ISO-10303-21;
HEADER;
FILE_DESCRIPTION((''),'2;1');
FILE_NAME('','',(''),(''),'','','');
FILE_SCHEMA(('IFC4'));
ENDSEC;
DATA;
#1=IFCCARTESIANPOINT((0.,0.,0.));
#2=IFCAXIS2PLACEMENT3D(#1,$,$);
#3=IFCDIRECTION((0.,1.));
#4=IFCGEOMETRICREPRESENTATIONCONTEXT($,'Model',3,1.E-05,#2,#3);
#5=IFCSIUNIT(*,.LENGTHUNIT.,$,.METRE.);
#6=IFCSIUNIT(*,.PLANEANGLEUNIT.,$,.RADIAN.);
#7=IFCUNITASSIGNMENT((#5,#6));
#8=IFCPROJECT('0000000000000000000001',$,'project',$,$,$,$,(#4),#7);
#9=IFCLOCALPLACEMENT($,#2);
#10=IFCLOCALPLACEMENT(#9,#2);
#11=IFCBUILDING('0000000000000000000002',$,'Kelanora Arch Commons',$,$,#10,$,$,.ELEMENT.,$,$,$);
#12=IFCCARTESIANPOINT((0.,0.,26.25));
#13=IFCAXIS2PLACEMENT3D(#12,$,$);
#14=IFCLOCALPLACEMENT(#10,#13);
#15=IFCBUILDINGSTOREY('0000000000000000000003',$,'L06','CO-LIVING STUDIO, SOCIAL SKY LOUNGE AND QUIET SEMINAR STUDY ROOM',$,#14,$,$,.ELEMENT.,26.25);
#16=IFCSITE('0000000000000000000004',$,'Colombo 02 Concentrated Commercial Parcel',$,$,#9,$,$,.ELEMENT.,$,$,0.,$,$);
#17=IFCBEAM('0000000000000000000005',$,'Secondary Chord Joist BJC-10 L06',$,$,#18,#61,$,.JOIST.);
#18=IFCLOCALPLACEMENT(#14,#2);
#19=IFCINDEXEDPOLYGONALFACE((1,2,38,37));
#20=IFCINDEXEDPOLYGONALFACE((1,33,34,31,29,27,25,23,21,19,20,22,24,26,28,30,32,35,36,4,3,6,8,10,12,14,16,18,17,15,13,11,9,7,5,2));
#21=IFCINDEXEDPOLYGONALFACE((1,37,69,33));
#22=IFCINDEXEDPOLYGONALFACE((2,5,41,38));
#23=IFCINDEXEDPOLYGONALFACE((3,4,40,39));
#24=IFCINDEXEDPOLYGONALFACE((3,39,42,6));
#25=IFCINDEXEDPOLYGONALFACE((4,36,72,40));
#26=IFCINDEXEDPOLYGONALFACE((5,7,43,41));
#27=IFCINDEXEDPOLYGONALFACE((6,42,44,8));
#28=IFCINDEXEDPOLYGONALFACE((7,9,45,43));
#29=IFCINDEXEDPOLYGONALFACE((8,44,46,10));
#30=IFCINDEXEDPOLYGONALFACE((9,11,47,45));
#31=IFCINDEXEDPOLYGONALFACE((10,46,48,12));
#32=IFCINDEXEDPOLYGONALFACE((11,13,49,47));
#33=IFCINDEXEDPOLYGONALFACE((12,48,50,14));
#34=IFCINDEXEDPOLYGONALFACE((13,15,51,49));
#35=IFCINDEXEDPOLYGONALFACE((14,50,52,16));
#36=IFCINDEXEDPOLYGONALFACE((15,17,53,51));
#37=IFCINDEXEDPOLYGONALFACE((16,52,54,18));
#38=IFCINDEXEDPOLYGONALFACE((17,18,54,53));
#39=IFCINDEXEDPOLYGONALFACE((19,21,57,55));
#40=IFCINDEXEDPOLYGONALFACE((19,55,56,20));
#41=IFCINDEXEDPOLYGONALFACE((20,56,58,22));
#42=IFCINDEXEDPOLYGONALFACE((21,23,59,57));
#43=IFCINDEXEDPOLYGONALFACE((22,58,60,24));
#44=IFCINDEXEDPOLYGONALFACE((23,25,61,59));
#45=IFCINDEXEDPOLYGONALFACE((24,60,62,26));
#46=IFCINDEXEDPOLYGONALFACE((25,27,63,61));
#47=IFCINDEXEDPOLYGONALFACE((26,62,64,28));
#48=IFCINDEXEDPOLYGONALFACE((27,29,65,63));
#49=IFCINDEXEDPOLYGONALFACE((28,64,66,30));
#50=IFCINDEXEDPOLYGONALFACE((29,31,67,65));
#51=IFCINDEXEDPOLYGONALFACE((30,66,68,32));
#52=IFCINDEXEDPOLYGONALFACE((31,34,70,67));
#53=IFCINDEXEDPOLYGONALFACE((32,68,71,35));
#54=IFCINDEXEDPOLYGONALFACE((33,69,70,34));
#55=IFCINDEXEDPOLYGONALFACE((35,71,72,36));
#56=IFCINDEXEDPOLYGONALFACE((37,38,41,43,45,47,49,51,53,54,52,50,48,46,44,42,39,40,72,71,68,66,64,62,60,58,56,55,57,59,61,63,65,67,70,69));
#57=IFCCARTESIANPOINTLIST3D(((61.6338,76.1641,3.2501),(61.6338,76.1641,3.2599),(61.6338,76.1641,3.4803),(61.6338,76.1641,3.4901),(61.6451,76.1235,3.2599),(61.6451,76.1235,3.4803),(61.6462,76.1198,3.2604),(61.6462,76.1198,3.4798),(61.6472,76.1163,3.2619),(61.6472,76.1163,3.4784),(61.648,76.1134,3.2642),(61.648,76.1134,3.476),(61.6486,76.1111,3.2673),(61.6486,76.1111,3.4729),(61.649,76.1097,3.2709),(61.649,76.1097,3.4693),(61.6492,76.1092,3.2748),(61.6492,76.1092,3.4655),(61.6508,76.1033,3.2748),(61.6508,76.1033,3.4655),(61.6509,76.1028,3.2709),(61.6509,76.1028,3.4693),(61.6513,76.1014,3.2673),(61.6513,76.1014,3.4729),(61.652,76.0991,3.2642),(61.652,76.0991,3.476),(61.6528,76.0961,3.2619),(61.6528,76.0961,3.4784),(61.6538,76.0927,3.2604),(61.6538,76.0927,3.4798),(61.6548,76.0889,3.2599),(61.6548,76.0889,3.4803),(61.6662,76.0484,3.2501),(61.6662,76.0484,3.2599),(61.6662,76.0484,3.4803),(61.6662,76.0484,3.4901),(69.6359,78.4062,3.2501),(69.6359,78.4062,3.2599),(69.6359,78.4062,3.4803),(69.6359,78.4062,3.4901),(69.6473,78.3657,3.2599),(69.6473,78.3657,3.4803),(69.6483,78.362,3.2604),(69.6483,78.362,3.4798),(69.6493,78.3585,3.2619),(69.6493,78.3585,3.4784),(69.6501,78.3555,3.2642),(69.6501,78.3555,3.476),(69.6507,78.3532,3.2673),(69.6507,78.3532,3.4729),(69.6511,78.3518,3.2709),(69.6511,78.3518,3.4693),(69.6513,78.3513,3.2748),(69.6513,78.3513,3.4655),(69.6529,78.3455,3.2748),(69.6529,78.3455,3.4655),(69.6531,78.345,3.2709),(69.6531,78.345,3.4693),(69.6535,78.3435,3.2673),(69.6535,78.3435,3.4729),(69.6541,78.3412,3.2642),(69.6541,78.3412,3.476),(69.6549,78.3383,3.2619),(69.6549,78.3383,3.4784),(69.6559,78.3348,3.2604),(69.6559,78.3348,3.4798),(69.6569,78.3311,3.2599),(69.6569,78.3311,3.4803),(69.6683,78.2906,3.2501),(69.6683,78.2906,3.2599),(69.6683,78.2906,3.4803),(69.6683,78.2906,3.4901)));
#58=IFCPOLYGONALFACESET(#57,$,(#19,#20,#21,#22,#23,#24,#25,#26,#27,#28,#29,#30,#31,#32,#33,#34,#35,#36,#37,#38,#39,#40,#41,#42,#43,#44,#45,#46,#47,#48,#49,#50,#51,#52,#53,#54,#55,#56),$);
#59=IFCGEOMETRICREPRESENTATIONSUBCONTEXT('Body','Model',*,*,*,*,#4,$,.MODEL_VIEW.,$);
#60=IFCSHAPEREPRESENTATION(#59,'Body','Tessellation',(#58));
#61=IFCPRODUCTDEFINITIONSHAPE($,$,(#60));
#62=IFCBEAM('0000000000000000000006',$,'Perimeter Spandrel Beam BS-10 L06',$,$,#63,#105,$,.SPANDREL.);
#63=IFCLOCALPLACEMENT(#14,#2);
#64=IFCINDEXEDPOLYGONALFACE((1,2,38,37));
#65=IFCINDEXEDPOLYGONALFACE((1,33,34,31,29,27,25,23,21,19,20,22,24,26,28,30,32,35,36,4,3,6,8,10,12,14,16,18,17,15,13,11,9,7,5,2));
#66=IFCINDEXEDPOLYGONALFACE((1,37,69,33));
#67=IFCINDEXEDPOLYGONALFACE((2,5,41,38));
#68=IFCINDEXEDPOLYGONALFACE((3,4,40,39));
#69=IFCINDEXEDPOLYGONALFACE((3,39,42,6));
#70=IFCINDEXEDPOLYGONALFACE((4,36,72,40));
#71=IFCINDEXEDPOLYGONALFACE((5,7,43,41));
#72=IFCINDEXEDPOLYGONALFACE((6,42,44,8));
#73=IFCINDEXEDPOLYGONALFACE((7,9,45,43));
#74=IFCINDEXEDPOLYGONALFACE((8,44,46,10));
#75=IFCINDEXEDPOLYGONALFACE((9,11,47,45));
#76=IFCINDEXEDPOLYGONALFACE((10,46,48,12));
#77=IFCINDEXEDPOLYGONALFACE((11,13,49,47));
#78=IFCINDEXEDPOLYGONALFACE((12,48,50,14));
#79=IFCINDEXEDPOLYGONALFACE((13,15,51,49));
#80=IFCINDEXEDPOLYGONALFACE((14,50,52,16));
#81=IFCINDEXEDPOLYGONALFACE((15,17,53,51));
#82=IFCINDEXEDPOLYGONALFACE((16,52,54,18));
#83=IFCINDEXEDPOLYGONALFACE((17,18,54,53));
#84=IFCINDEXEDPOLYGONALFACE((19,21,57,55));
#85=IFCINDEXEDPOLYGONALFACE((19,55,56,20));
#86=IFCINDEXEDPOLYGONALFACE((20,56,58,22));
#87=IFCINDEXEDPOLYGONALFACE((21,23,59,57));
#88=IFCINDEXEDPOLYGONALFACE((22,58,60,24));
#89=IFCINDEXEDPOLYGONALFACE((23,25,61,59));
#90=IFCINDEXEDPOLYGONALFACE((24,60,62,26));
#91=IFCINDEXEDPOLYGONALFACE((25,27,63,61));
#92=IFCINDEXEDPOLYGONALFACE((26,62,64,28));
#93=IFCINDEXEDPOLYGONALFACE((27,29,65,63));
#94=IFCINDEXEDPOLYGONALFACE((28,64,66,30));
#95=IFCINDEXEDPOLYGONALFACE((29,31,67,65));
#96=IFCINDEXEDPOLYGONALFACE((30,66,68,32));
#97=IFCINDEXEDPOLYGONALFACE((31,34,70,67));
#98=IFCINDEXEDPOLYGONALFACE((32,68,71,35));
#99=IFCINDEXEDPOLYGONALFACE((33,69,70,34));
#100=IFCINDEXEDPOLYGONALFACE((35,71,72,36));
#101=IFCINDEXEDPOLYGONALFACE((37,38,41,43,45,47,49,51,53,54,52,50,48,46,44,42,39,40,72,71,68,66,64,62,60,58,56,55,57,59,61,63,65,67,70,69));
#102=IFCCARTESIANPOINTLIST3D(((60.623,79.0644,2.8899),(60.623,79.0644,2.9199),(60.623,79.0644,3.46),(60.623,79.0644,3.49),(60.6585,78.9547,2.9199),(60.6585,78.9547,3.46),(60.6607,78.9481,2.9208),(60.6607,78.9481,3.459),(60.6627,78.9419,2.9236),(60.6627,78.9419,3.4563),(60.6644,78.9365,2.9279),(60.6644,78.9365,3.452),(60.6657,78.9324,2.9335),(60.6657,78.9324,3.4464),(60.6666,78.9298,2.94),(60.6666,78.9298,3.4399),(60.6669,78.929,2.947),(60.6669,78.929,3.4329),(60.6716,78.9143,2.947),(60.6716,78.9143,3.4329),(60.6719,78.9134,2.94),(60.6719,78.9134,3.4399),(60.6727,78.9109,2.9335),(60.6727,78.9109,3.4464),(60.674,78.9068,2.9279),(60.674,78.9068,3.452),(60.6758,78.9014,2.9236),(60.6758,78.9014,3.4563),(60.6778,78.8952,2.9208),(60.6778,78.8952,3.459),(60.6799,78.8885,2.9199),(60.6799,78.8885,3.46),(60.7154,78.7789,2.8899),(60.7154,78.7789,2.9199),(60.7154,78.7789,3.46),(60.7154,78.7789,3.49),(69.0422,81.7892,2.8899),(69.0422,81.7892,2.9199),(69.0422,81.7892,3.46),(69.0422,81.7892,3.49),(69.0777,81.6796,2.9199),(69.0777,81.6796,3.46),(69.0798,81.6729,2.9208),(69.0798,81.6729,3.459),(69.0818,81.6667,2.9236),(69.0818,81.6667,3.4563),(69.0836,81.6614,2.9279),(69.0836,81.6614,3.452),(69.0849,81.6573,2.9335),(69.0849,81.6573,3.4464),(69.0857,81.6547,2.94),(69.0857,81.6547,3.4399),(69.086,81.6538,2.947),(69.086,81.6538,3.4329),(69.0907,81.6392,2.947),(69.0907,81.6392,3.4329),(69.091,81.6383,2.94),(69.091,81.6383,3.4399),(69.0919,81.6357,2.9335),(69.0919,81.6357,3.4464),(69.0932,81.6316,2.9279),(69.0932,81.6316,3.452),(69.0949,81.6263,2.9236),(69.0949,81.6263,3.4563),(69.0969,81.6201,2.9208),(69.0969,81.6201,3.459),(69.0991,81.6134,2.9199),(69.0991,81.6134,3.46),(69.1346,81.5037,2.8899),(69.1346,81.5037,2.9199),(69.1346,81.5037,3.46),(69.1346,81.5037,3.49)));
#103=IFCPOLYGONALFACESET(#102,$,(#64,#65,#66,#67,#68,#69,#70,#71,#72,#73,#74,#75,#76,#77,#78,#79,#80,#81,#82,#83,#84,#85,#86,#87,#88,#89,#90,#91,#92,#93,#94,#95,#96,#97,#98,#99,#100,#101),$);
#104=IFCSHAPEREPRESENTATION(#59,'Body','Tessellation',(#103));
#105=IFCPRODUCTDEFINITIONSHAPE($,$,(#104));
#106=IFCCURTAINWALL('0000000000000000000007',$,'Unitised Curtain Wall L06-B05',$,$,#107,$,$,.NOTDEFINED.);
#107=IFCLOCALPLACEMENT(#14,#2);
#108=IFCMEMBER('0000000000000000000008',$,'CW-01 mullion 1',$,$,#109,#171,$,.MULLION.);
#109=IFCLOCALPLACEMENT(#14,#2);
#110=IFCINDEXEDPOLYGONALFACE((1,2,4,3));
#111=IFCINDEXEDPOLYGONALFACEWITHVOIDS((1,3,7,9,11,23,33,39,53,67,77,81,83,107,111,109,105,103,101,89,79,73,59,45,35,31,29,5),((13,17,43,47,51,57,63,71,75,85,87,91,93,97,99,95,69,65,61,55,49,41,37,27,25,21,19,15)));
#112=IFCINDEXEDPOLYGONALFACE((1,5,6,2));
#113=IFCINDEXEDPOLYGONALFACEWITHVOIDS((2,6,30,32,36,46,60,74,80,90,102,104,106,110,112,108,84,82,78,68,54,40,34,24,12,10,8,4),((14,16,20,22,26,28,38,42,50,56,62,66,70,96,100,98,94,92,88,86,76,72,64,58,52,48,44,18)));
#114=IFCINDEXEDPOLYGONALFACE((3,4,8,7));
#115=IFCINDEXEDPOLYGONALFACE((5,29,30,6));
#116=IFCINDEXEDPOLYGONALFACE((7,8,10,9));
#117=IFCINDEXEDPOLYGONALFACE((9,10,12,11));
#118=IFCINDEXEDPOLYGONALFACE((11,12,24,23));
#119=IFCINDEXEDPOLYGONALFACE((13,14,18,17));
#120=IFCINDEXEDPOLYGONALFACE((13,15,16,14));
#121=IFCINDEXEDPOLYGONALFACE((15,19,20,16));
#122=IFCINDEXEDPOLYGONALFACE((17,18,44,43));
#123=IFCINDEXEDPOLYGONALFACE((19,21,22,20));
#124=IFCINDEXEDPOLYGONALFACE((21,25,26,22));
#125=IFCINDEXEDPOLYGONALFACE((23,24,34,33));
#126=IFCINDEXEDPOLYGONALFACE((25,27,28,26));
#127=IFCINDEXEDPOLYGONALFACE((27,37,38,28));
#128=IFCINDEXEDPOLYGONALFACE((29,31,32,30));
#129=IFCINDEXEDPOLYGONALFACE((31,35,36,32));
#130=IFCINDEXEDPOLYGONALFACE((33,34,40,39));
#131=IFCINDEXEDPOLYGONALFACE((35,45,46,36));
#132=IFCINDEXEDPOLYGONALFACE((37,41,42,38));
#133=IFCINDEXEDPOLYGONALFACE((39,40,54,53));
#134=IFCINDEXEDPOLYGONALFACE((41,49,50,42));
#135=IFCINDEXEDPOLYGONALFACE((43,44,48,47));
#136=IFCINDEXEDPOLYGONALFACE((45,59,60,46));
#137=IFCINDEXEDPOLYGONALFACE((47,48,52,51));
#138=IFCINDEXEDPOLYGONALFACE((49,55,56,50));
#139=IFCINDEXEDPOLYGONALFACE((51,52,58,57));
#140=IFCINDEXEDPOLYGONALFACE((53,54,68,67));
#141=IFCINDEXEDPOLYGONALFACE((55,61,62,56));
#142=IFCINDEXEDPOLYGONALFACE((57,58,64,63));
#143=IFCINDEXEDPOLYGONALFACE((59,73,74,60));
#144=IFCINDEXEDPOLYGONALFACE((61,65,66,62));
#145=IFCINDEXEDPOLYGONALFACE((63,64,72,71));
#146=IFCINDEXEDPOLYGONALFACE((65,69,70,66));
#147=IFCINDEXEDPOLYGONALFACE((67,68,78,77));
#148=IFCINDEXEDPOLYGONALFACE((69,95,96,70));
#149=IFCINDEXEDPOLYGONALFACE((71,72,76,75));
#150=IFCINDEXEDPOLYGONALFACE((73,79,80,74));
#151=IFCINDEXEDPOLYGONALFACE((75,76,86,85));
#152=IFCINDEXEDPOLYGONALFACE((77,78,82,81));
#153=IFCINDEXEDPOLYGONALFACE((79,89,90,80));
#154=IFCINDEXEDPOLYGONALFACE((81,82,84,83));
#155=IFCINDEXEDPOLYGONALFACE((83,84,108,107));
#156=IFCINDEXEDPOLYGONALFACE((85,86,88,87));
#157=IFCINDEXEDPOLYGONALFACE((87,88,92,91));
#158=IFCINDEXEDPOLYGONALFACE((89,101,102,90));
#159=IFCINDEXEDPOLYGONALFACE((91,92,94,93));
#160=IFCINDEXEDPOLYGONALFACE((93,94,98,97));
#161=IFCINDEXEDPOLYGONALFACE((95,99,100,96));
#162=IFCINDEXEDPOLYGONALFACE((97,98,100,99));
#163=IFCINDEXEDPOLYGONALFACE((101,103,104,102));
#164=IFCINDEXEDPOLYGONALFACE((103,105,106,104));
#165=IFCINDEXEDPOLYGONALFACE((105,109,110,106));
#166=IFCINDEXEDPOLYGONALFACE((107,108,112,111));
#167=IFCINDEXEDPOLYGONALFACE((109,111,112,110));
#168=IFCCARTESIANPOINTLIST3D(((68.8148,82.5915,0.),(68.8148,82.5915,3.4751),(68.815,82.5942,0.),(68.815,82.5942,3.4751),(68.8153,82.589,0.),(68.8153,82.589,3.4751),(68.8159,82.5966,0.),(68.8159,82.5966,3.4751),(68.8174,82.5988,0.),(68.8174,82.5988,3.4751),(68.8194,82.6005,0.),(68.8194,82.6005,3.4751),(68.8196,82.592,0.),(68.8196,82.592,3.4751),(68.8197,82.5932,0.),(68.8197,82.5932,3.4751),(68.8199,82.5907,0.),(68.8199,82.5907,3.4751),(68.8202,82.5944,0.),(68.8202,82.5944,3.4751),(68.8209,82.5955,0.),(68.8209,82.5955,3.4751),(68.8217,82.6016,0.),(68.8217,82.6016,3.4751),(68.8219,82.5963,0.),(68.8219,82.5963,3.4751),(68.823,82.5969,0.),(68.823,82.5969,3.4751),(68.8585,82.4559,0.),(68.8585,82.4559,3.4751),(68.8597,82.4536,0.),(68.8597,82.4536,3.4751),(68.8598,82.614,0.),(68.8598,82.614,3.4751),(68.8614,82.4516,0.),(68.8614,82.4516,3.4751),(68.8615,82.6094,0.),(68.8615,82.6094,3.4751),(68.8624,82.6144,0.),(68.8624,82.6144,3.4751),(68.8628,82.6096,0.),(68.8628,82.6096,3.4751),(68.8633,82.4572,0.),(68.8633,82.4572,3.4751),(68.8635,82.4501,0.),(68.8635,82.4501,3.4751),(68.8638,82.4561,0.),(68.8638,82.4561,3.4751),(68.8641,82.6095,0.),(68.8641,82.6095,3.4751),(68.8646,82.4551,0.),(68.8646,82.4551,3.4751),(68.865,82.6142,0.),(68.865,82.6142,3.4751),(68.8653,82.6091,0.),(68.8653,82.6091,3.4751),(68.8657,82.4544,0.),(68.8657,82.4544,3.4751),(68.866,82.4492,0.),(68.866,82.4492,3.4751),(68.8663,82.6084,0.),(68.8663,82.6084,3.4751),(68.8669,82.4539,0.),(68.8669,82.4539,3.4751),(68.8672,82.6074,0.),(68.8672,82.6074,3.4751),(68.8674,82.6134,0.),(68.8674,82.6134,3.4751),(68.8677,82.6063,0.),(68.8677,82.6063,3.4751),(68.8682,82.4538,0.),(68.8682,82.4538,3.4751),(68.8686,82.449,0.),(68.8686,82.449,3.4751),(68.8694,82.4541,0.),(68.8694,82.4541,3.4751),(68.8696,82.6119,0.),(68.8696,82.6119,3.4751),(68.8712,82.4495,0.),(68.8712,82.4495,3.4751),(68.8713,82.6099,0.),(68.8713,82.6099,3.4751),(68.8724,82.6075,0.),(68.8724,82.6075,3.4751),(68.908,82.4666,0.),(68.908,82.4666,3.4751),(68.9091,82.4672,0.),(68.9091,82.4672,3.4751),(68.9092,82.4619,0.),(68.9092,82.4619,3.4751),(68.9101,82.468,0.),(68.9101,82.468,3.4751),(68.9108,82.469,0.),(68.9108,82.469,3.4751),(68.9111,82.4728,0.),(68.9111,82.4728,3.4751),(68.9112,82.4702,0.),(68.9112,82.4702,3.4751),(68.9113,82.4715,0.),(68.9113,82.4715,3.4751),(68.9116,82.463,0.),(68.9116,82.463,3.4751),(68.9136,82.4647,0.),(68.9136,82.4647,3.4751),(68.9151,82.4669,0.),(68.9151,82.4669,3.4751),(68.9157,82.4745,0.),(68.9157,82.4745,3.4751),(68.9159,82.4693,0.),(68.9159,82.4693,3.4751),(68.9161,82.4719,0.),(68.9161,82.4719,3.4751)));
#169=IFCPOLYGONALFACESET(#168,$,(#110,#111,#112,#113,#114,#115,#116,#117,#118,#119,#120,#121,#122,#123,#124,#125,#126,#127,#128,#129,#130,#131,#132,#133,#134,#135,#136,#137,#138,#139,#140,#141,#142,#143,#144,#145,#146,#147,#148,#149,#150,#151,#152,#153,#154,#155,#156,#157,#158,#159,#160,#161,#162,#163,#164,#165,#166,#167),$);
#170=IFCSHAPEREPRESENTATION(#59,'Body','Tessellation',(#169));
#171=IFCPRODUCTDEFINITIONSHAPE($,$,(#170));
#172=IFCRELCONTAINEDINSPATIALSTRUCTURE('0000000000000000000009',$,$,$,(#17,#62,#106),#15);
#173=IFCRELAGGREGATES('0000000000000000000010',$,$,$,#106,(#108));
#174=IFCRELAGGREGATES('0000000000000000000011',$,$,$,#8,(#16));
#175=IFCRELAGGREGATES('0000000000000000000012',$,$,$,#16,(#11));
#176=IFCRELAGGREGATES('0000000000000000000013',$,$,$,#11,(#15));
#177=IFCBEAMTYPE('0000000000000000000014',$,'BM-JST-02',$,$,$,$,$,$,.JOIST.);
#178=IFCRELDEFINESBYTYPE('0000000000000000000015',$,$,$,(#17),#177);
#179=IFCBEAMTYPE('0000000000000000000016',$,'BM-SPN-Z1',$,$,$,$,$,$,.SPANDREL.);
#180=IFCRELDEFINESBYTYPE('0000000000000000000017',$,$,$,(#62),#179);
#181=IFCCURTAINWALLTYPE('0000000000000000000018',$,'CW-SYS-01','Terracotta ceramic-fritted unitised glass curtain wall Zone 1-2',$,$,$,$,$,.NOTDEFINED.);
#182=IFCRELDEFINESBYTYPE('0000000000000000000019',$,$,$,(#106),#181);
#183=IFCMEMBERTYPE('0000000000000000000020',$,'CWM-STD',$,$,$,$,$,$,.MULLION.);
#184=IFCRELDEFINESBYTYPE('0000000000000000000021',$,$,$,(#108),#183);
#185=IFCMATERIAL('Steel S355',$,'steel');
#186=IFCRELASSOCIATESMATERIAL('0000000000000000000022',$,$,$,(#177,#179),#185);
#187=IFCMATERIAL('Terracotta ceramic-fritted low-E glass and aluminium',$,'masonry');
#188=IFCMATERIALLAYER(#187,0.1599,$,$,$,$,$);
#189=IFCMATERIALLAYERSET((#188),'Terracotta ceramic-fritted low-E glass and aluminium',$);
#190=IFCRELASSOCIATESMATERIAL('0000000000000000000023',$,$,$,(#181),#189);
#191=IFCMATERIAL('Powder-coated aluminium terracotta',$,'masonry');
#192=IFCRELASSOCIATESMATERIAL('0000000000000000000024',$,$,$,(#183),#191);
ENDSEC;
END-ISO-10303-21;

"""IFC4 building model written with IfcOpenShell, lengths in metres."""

from ifc_helpers import new_model, si_unit, direction, frame, origin, origin_2d, place, context, subcontext, project, spatial, hollow_rectangle, i_section, extrude, material, layer, layer_set, material_profile, profile_set, type_object, element, aggregate, save


model = new_model("IFC4")

# Units and contexts
model_context = context("Model", 3, precision=1e-05, world=origin(), true_north=direction((0.0, 1.0)))
body_context = subcontext(model_context, "Body", "Model", "MODEL_VIEW")
ifc_project = project(units=[si_unit("LENGTHUNIT", "METRE"), si_unit("PLANEANGLEUNIT", "RADIAN")], contexts=[model_context])

# Site, building, storey
site_placement = place(None, origin())
site = spatial("IfcSite", under=ifc_project, at=site_placement, Name="Colombo 02 Concentrated Commercial Parcel", CompositionType="ELEMENT", RefElevation=0.0)
building_placement = place(site_placement, origin())
building = spatial("IfcBuilding", under=site, at=building_placement, Name="Kelanora Arch Commons", CompositionType="ELEMENT")
storey_placement = place(building_placement, frame((0.0, 0.0, 26.25)))
storey = spatial("IfcBuildingStorey", under=building, at=storey_placement, Name="L06", Description="CO-LIVING STUDIO, SOCIAL SKY LOUNGE AND QUIET SEMINAR STUDY ROOM", CompositionType="ELEMENT", Elevation=26.25)

# Beams
ifc_material_1 = material(Name="Steel S355", Category="steel")
ifc_material_profile_1 = material_profile(ifc_material_1, i_section(OverallWidth=0.1201, OverallDepth=0.24, WebThickness=0.0061, FlangeThickness=0.0098, FilletRadius=0.0149, at=origin_2d()), Name="IPE240")
ifc_profile_set_1 = profile_set([ifc_material_profile_1], Name="Steel S355")
beam_type_1 = type_object("IfcBeamType", Name="BM-JST-02", PredefinedType="JOIST", material=ifc_profile_set_1)
beam_1_placement = place(storey_placement, frame((69.6521, 78.3484, 3.3701), z_axis=(-0.962915, -0.269805, 0.0), x_axis=(0.269805, -0.962915, 0.0)))
element("IfcBeam", 1, at=beam_1_placement, inside=storey, type_object=beam_type_1, Name="Secondary Chord Joist BJC-10 L06", PredefinedType="JOIST", context=body_context, shape_type="SweptSolid", body=[
    extrude(i_section(OverallWidth=0.1201, OverallDepth=0.24, WebThickness=0.0061, FlangeThickness=0.0098, FilletRadius=0.0149, at=origin_2d()), origin(), (0.0, 0.0, 1.0), 8.3103),
])
ifc_material_profile_2 = material_profile(ifc_material_1, i_section(OverallWidth=0.3, OverallDepth=0.6001, WebThickness=0.0154, FlangeThickness=0.03, FilletRadius=0.0271, at=origin_2d()), Name="HEB600")
ifc_profile_set_2 = profile_set([ifc_material_profile_2], Name="Steel S355")
beam_type_2 = type_object("IfcBeamType", Name="BM-SPN-Z1", PredefinedType="SPANDREL", material=ifc_profile_set_2)
beam_2_placement = place(storey_placement, frame((69.0884, 81.6465, 3.1899), z_axis=(-0.951411, -0.307922, 0.0), x_axis=(0.307922, -0.951411, 0.0)))
element("IfcBeam", 2, at=beam_2_placement, inside=storey, type_object=beam_type_2, Name="Perimeter Spandrel Beam BS-10 L06", PredefinedType="SPANDREL", context=body_context, shape_type="SweptSolid", body=[
    extrude(i_section(OverallWidth=0.3, OverallDepth=0.6001, WebThickness=0.0154, FlangeThickness=0.03, FilletRadius=0.0271, at=origin_2d()), origin(), (0.0, 0.0, 1.0), 8.8491),
])

# Curtain wall, member
ifc_material_2 = material(Name="Terracotta ceramic-fritted low-E glass and aluminium", Category="masonry")
ifc_layer_1 = layer(ifc_material_2, 0.1599)
ifc_layer_set_1 = layer_set([ifc_layer_1], Name="Terracotta ceramic-fritted low-E glass and aluminium")
curtain_wall_type = type_object("IfcCurtainWallType", Name="CW-SYS-01", Description="Terracotta ceramic-fritted unitised glass curtain wall Zone 1-2", PredefinedType="NOTDEFINED", material=ifc_layer_set_1)
curtain_wall_placement = place(storey_placement, origin())
curtain_wall = element("IfcCurtainWall", 3, at=curtain_wall_placement, inside=storey, type_object=curtain_wall_type, Name="Unitised Curtain Wall L06-B05", PredefinedType="NOTDEFINED")
ifc_material_3 = material(Name="Powder-coated aluminium terracotta", Category="masonry")
ifc_material_profile_3 = material_profile(ifc_material_3, hollow_rectangle(XDim=0.1599, YDim=0.0601, WallThickness=0.0049, InnerFilletRadius=0.0049, OuterFilletRadius=0.01, at=origin_2d()), Name="CWM160x60")
ifc_profile_set_3 = profile_set([ifc_material_profile_3], Name="Powder-coated aluminium terracotta")
member_type_1 = type_object("IfcMemberType", Name="CWM-STD", PredefinedType="MULLION", material=ifc_profile_set_3)
member_1_placement = place(storey_placement, frame((68.8655, 82.5317, 0.0), z_axis=(0.0, 0.0, 1.0), x_axis=(0.309058, -0.951043, 0.0)))
member_1 = element("IfcMember", 4, at=member_1_placement, type_object=member_type_1, Name="CW-01 mullion 1", PredefinedType="MULLION", context=body_context, shape_type="SweptSolid", body=[
    extrude(hollow_rectangle(XDim=0.1599, YDim=0.0601, WallThickness=0.0049, InnerFilletRadius=0.0049, OuterFilletRadius=0.01, at=origin_2d()), origin(), (0.0, 0.0, 1.0), 3.4751),
])
aggregate(curtain_wall, [member_1])

save(model, "model.ifc")
